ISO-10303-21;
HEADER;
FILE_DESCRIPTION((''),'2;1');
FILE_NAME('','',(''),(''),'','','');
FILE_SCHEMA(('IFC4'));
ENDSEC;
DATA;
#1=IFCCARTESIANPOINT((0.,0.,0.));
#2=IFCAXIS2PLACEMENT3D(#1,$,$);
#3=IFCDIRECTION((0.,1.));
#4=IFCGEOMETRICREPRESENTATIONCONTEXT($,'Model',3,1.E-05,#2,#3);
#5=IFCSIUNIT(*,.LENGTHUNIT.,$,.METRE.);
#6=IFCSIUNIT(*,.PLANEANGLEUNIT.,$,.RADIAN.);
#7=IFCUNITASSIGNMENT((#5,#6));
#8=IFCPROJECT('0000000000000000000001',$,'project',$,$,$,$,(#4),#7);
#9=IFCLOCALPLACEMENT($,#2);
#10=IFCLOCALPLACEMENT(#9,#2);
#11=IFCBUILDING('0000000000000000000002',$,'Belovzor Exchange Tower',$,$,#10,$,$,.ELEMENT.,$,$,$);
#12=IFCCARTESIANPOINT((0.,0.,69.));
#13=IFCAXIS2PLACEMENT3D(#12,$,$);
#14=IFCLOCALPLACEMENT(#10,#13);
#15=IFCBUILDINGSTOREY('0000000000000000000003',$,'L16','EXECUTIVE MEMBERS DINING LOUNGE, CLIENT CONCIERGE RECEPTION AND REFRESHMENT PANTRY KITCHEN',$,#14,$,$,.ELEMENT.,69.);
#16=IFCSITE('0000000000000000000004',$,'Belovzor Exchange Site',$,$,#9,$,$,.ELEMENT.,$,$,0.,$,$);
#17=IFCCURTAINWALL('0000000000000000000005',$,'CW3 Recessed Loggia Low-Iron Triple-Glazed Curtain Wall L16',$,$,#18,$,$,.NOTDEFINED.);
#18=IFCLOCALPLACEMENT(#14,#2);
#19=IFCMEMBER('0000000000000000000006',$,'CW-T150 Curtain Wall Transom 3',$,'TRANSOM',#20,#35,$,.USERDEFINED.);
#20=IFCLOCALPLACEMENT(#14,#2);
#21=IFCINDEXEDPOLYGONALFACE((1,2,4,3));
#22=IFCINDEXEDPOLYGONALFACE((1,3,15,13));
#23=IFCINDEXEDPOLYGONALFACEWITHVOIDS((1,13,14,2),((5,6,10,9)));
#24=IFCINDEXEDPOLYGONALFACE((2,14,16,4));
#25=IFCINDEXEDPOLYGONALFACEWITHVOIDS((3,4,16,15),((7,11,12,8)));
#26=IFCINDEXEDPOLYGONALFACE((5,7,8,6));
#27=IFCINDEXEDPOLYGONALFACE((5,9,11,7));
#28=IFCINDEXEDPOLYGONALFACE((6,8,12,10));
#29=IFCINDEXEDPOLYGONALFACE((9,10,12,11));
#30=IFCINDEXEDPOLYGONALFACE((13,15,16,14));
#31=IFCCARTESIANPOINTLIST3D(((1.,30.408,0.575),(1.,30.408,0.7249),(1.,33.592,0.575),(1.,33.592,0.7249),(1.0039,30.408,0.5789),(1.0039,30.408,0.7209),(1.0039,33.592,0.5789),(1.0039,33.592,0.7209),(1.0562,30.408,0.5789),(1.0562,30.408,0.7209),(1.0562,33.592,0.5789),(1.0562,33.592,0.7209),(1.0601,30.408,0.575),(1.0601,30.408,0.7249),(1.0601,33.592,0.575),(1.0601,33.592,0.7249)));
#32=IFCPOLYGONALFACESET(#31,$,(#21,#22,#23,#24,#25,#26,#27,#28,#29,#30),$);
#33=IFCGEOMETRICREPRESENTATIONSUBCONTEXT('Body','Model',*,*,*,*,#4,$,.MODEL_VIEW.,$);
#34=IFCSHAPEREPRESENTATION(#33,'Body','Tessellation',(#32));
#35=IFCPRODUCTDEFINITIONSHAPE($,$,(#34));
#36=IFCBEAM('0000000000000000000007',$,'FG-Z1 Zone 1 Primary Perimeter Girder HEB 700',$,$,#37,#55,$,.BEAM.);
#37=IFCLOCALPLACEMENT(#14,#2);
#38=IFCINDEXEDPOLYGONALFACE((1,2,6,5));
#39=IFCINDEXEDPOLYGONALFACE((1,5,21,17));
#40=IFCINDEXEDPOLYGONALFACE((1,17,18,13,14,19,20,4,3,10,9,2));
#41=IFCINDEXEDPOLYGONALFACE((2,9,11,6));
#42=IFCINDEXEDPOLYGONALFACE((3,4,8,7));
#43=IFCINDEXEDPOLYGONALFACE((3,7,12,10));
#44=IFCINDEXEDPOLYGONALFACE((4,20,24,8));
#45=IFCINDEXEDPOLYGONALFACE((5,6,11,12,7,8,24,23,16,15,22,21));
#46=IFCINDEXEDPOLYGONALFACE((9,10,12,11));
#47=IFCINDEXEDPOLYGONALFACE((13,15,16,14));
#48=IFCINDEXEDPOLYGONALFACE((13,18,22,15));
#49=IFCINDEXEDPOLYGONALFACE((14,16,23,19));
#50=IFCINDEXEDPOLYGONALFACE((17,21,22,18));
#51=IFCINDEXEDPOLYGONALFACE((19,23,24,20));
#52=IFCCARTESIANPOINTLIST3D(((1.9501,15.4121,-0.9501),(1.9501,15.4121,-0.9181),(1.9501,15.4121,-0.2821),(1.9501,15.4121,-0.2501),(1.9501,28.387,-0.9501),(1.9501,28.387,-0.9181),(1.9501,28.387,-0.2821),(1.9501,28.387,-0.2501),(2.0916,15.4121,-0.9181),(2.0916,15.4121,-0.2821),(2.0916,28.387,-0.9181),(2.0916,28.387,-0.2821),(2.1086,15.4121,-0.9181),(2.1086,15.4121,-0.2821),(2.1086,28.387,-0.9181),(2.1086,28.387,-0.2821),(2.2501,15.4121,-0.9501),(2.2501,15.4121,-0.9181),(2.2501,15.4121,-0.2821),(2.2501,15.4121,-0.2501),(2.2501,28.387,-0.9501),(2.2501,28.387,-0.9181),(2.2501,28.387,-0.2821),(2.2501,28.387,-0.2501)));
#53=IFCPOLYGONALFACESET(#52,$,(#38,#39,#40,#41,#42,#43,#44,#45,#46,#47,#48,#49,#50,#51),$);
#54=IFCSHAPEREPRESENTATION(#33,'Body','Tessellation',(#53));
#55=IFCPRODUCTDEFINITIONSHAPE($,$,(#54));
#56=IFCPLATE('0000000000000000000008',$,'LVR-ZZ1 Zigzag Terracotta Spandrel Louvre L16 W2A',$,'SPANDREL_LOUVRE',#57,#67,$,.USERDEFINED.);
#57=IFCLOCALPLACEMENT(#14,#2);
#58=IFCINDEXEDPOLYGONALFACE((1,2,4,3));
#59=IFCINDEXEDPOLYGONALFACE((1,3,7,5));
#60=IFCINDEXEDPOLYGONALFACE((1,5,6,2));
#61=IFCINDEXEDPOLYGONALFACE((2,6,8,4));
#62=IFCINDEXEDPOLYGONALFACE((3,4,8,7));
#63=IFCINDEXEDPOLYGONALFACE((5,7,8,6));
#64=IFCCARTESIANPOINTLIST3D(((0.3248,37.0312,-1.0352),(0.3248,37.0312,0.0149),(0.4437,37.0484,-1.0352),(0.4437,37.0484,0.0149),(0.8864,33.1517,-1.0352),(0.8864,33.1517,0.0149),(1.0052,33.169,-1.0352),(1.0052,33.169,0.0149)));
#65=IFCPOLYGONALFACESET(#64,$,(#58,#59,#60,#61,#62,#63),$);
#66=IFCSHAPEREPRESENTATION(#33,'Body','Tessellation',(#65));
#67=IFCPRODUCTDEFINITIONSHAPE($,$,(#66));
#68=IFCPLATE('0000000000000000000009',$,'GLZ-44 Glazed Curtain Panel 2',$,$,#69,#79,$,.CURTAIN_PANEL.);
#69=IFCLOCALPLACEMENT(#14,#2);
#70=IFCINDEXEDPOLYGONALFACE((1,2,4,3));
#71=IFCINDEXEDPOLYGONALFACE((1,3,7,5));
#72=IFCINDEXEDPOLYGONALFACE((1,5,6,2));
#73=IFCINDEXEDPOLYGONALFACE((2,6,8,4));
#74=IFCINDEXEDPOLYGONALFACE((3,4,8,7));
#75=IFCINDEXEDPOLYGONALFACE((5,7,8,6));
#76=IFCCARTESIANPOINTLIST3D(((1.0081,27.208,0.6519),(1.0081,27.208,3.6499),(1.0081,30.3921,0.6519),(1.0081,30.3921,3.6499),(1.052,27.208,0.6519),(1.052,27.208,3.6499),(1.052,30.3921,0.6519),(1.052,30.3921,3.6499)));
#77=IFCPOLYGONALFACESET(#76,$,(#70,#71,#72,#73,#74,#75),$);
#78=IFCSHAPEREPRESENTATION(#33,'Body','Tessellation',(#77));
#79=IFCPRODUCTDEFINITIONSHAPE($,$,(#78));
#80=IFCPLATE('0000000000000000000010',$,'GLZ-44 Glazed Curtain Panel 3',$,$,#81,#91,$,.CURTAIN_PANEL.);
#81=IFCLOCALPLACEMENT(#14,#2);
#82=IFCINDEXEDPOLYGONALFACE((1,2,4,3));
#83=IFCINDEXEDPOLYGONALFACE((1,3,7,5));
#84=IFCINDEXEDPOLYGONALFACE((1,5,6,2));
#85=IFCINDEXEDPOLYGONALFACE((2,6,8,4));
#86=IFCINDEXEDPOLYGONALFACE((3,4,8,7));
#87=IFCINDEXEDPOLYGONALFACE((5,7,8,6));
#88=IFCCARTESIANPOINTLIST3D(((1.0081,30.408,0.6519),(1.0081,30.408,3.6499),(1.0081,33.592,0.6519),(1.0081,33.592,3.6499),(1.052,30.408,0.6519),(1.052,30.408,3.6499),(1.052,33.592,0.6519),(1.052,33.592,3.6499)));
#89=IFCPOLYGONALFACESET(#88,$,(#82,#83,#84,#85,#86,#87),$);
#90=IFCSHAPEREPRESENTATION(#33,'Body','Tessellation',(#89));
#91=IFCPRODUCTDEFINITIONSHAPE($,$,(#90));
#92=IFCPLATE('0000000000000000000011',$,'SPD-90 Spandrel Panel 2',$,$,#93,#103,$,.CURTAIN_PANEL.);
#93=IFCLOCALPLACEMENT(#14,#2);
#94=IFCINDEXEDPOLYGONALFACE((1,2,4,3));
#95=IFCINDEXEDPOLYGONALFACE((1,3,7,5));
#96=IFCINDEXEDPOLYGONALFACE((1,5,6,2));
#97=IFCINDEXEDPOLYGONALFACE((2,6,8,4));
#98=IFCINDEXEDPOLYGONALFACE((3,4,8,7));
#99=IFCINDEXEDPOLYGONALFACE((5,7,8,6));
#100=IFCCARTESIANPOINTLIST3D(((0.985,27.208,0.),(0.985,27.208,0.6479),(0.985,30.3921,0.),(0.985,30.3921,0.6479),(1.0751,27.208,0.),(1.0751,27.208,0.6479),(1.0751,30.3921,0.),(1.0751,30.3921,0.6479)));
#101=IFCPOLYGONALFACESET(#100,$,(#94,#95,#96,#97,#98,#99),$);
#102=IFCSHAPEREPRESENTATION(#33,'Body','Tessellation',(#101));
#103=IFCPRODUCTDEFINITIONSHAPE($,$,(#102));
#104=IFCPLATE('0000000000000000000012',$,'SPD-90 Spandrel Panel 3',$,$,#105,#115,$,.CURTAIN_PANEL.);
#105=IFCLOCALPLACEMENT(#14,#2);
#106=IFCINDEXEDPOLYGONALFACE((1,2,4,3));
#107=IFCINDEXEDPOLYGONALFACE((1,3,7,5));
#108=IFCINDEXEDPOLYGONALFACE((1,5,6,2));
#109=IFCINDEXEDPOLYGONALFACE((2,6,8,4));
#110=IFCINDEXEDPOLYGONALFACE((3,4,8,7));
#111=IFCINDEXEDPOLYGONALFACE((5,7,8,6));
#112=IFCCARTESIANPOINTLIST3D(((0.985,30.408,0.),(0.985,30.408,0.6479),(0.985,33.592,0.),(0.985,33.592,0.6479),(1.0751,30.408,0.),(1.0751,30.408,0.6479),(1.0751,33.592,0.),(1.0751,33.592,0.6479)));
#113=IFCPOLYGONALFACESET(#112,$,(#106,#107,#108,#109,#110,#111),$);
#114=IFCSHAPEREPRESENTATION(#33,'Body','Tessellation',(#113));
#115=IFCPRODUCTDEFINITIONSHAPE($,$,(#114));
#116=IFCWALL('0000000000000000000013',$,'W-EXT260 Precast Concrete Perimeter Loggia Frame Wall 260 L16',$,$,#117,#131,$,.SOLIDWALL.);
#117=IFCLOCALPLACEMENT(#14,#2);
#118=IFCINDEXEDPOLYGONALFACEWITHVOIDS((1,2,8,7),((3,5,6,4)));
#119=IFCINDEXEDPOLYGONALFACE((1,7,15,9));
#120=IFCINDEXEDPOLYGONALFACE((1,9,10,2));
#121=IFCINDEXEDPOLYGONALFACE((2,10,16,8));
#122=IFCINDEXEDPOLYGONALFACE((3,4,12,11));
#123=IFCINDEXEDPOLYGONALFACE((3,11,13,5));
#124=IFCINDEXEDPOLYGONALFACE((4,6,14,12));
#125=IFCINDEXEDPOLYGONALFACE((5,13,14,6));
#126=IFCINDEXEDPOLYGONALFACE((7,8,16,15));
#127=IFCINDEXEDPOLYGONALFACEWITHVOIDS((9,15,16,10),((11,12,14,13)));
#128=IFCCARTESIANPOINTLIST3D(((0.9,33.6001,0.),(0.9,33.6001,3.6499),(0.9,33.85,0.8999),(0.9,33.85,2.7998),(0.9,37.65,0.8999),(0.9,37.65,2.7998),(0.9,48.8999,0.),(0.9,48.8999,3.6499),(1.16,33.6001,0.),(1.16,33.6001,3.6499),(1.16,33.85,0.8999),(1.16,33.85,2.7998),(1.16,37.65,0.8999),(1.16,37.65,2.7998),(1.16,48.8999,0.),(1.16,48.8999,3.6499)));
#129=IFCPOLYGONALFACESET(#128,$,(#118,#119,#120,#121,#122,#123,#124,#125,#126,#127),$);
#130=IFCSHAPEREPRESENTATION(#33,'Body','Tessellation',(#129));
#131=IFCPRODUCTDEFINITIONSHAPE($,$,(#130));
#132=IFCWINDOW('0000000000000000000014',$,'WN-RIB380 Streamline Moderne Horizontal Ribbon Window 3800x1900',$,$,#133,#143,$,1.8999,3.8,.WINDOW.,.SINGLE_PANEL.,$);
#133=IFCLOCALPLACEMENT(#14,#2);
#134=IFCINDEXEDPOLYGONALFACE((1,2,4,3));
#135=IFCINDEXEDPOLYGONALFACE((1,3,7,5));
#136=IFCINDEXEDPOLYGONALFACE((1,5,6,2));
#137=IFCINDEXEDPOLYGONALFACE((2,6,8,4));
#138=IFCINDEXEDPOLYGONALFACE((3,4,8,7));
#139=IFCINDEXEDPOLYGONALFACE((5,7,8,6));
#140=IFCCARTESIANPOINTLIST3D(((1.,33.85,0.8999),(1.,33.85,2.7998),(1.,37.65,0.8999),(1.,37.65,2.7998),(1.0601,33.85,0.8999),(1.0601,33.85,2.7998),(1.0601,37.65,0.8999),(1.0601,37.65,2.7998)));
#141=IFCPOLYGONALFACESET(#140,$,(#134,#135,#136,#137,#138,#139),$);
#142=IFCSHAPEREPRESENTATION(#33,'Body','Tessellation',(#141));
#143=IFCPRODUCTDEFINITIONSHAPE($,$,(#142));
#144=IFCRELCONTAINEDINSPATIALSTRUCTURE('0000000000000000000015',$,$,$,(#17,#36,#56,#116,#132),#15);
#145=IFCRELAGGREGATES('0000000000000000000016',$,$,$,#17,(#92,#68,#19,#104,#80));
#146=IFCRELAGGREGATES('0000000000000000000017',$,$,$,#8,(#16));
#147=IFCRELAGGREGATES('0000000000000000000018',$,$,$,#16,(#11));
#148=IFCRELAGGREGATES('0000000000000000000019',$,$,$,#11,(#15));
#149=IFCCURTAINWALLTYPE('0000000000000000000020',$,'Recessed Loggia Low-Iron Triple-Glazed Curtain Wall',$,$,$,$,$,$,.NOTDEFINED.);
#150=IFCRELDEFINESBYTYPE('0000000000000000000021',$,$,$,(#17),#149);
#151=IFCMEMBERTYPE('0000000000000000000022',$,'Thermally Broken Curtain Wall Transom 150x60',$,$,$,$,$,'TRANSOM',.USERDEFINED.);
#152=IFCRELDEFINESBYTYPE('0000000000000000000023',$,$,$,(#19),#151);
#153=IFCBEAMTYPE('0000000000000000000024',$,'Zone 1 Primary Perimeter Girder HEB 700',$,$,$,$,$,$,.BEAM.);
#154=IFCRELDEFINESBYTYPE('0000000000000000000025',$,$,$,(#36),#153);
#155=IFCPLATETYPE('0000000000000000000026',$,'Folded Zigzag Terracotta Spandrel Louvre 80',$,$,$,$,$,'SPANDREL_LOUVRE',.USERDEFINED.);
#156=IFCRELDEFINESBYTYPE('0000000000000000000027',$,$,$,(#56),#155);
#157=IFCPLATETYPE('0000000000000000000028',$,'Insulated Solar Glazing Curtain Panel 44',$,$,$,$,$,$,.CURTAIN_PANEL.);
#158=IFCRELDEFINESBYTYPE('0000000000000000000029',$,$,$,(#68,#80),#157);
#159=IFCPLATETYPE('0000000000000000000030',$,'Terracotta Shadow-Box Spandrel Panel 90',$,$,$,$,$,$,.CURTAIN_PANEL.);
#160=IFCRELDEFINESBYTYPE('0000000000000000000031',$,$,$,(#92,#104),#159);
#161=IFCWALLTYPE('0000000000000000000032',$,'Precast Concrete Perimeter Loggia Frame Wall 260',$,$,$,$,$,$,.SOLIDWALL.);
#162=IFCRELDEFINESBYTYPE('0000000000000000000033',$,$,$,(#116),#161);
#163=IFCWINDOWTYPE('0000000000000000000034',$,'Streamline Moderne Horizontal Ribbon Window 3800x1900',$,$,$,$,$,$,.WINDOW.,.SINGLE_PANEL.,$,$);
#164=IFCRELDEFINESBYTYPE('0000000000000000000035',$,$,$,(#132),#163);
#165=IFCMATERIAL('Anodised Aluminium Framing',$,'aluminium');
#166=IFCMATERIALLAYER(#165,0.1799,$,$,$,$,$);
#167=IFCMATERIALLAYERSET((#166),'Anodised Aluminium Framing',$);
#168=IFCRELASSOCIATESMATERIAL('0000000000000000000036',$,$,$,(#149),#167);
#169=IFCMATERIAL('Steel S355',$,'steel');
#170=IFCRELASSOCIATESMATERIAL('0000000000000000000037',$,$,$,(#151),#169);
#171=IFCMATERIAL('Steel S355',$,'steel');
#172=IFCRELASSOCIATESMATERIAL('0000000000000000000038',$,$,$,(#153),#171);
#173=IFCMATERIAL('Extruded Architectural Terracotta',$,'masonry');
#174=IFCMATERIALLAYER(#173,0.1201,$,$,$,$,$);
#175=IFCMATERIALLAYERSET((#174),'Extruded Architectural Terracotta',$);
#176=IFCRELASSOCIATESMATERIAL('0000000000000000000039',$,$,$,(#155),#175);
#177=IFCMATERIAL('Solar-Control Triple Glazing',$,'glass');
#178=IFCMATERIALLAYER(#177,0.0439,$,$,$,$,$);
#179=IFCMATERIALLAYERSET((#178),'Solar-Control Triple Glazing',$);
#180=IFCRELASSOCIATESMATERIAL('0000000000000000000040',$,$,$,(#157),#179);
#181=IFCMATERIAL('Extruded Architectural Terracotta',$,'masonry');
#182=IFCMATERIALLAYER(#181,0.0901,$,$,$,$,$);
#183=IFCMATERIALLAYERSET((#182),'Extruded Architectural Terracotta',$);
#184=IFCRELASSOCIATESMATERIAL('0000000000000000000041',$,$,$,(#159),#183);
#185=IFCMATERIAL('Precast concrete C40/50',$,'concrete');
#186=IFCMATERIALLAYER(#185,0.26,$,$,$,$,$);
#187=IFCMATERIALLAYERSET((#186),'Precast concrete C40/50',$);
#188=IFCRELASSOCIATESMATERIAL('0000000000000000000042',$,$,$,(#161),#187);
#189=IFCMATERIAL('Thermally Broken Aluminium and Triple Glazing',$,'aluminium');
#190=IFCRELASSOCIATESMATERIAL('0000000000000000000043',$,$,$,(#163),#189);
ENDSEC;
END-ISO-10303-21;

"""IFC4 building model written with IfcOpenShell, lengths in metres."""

from ifc_helpers import new_model, si_unit, direction, frame, frame_2d, origin, origin_2d, place, context, subcontext, project, spatial, rectangle, hollow_rectangle, i_section, extrude, material, layer, layer_set, material_profile, profile_set, type_object, element, fill, aggregate, save


model = new_model("IFC4")

# Units and contexts
model_context = context("Model", 3, precision=1e-05, world=origin(), true_north=direction((0.0, 1.0)))
body_context = subcontext(model_context, "Body", "Model", "MODEL_VIEW")
ifc_project = project(units=[si_unit("LENGTHUNIT", "METRE"), si_unit("PLANEANGLEUNIT", "RADIAN")], contexts=[model_context])

# Site, building, storey
site_placement = place(None, origin())
site = spatial("IfcSite", under=ifc_project, at=site_placement, Name="Belovzor Exchange Site", CompositionType="ELEMENT", RefElevation=0.0)
building_placement = place(site_placement, origin())
building = spatial("IfcBuilding", under=site, at=building_placement, Name="Belovzor Exchange Tower", CompositionType="ELEMENT")
storey_placement = place(building_placement, frame((0.0, 0.0, 69.0)))
storey = spatial("IfcBuildingStorey", under=building, at=storey_placement, Name="L16", Description="EXECUTIVE MEMBERS DINING LOUNGE, CLIENT CONCIERGE RECEPTION AND REFRESHMENT PANTRY KITCHEN", CompositionType="ELEMENT", Elevation=69.0)

# Curtain wall, member
ifc_material_1 = material(Name="Anodised Aluminium Framing", Category="aluminium")
ifc_layer_1 = layer(ifc_material_1, 0.1799)
ifc_layer_set_1 = layer_set([ifc_layer_1], Name="Anodised Aluminium Framing")
curtain_wall_type = type_object("IfcCurtainWallType", Name="Recessed Loggia Low-Iron Triple-Glazed Curtain Wall", PredefinedType="NOTDEFINED", material=ifc_layer_set_1)
curtain_wall_placement = place(storey_placement, origin())
curtain_wall = element("IfcCurtainWall", 1, at=curtain_wall_placement, inside=storey, type_object=curtain_wall_type, Name="CW3 Recessed Loggia Low-Iron Triple-Glazed Curtain Wall L16", PredefinedType="NOTDEFINED")
ifc_material_2 = material(Name="Steel S355", Category="steel")
ifc_material_profile_1 = material_profile(ifc_material_2, hollow_rectangle(XDim=0.0601, YDim=0.1499, WallThickness=0.0039, at=origin_2d()))
ifc_profile_set_1 = profile_set([ifc_material_profile_1], Name="Steel S355")
member_type_1 = type_object("IfcMemberType", Name="Thermally Broken Curtain Wall Transom 150x60", ElementType="TRANSOM", PredefinedType="USERDEFINED", material=ifc_profile_set_1)
member_1_placement = place(storey_placement, frame((1.03, 30.408, 0.6499), z_axis=(0.0, 1.0, 0.0), x_axis=(-1.0, 0.0, 0.0)))
member_1 = element("IfcMember", 2, at=member_1_placement, type_object=member_type_1, Name="CW-T150 Curtain Wall Transom 3", ObjectType="TRANSOM", PredefinedType="USERDEFINED", context=body_context, shape_type="SweptSolid", body=[
    extrude(hollow_rectangle(XDim=0.0601, YDim=0.1499, WallThickness=0.0039, at=origin_2d()), origin(), (0.0, 0.0, 1.0), 3.1841),
])

# Beam
ifc_material_3 = material(Name="Steel S355", Category="steel")
ifc_material_profile_2 = material_profile(ifc_material_3, i_section(OverallWidth=0.3, OverallDepth=0.7, WebThickness=0.0171, FlangeThickness=0.032, at=origin_2d()))
ifc_profile_set_2 = profile_set([ifc_material_profile_2], Name="Steel S355")
beam_type_1 = type_object("IfcBeamType", Name="Zone 1 Primary Perimeter Girder HEB 700", PredefinedType="BEAM", material=ifc_profile_set_2)
beam_1_placement = place(storey_placement, frame((2.1001, 28.387, -0.6001), z_axis=(0.0, -1.0, 0.0), x_axis=(1.0, 0.0, 0.0)))
element("IfcBeam", 3, at=beam_1_placement, inside=storey, type_object=beam_type_1, Name="FG-Z1 Zone 1 Primary Perimeter Girder HEB 700", PredefinedType="BEAM", context=body_context, shape_type="SweptSolid", body=[
    extrude(i_section(OverallWidth=0.3, OverallDepth=0.7, WebThickness=0.0171, FlangeThickness=0.032, at=origin_2d()), origin(), (0.0, 0.0, 1.0), 12.9749),
])

# Plates
ifc_material_4 = material(Name="Extruded Architectural Terracotta", Category="masonry")
ifc_layer_2 = layer(ifc_material_4, 0.1201)
ifc_layer_set_2 = layer_set([ifc_layer_2], Name="Extruded Architectural Terracotta")
plate_type_1 = type_object("IfcPlateType", Name="Folded Zigzag Terracotta Spandrel Louvre 80", ElementType="SPANDREL_LOUVRE", PredefinedType="USERDEFINED", material=ifc_layer_set_2)
plate_1_placement = place(storey_placement, frame((0.665, 35.1001, -1.0352), z_axis=(0.0, 0.0, 1.0), x_axis=(-0.143251, 0.989686, 0.0)))
element("IfcPlate", 4, at=plate_1_placement, inside=storey, type_object=plate_type_1, Name="LVR-ZZ1 Zigzag Terracotta Spandrel Louvre L16 W2A", ObjectType="SPANDREL_LOUVRE", PredefinedType="USERDEFINED", context=body_context, shape_type="SweptSolid", body=[
    extrude(rectangle(XDim=3.9199, YDim=0.1201, at=origin_2d()), origin(), (0.0, 0.0, 1.0), 1.05),
])
ifc_material_5 = material(Name="Solar-Control Triple Glazing", Category="glass")
ifc_layer_3 = layer(ifc_material_5, 0.0439)
ifc_layer_set_3 = layer_set([ifc_layer_3], Name="Solar-Control Triple Glazing")
plate_type_2 = type_object("IfcPlateType", Name="Insulated Solar Glazing Curtain Panel 44", PredefinedType="CURTAIN_PANEL", material=ifc_layer_set_3)
plate_2_placement = place(storey_placement, frame((1.03, 28.8, 0.6519), z_axis=(0.0, 0.0, 1.0), x_axis=(0.0, 1.0, 0.0)))
plate_2 = element("IfcPlate", 5, at=plate_2_placement, type_object=plate_type_2, Name="GLZ-44 Glazed Curtain Panel 2", PredefinedType="CURTAIN_PANEL", context=body_context, shape_type="SweptSolid", body=[
    extrude(rectangle(XDim=3.1841, YDim=0.0439, at=origin_2d()), origin(), (0.0, 0.0, 1.0), 2.998),
])
plate_3_placement = place(storey_placement, frame((1.03, 32.0, 0.6519), z_axis=(0.0, 0.0, 1.0), x_axis=(0.0, 1.0, 0.0)))
plate_3 = element("IfcPlate", 6, at=plate_3_placement, type_object=plate_type_2, Name="GLZ-44 Glazed Curtain Panel 3", PredefinedType="CURTAIN_PANEL", context=body_context, shape_type="SweptSolid", body=[
    extrude(rectangle(XDim=3.1841, YDim=0.0439, at=origin_2d()), origin(), (0.0, 0.0, 1.0), 2.998),
])
ifc_material_6 = material(Name="Extruded Architectural Terracotta", Category="masonry")
ifc_layer_4 = layer(ifc_material_6, 0.0901)
ifc_layer_set_4 = layer_set([ifc_layer_4], Name="Extruded Architectural Terracotta")
plate_type_3 = type_object("IfcPlateType", Name="Terracotta Shadow-Box Spandrel Panel 90", PredefinedType="CURTAIN_PANEL", material=ifc_layer_set_4)
plate_4_placement = place(storey_placement, frame((1.03, 28.8, 0.0), z_axis=(0.0, 0.0, 1.0), x_axis=(0.0, 1.0, 0.0)))
plate_4 = element("IfcPlate", 7, at=plate_4_placement, type_object=plate_type_3, Name="SPD-90 Spandrel Panel 2", PredefinedType="CURTAIN_PANEL", context=body_context, shape_type="SweptSolid", body=[
    extrude(rectangle(XDim=3.1841, YDim=0.0901, at=origin_2d()), origin(), (0.0, 0.0, 1.0), 0.6479),
])
plate_5_placement = place(storey_placement, frame((1.03, 32.0, 0.0), z_axis=(0.0, 0.0, 1.0), x_axis=(0.0, 1.0, 0.0)))
plate_5 = element("IfcPlate", 8, at=plate_5_placement, type_object=plate_type_3, Name="SPD-90 Spandrel Panel 3", PredefinedType="CURTAIN_PANEL", context=body_context, shape_type="SweptSolid", body=[
    extrude(rectangle(XDim=3.1841, YDim=0.0901, at=origin_2d()), origin(), (0.0, 0.0, 1.0), 0.6479),
])
aggregate(curtain_wall, [plate_4, plate_2, member_1, plate_5, plate_3])

# Wall, opening, window
ifc_material_7 = material(Name="Precast concrete C40/50", Category="concrete")
ifc_layer_5 = layer(ifc_material_7, 0.26)
ifc_layer_set_5 = layer_set([ifc_layer_5], Name="Precast concrete C40/50")
wall_type = type_object("IfcWallType", Name="Precast Concrete Perimeter Loggia Frame Wall 260", PredefinedType="SOLIDWALL", material=ifc_layer_set_5)
wall_placement = place(storey_placement, frame((1.03, 33.6001, 0.0), z_axis=(0.0, 0.0, 1.0), x_axis=(0.0, 1.0, 0.0)))
wall = element("IfcWall", 9, at=wall_placement, inside=storey, type_object=wall_type, Name="W-EXT260 Precast Concrete Perimeter Loggia Frame Wall 260 L16", PredefinedType="SOLIDWALL", context=body_context, shape_type="SweptSolid", body=[
    extrude(rectangle(XDim=15.2998, YDim=0.26, at=frame_2d((7.6499, 0.0))), origin(), (0.0, 0.0, 1.0), 3.6499),
])
opening_placement = place(wall_placement, frame((0.25, 0.0, 0.8999)))
opening = element("IfcOpeningElement", 10, at=opening_placement, cuts=wall, PredefinedType="OPENING", context=body_context, shape_type="SweptSolid", body=[
    extrude(rectangle(XDim=3.8, YDim=1.8999, at=frame_2d((1.8999, 0.95))), frame((0.0, 0.1399, 0.0), z_axis=(0.0, -1.0, 0.0), x_axis=(1.0, 0.0, 0.0)), (0.0, 0.0, 1.0), 0.28),
])
ifc_material_8 = material(Name="Thermally Broken Aluminium and Triple Glazing", Category="aluminium")
window_type = type_object("IfcWindowType", Name="Streamline Moderne Horizontal Ribbon Window 3800x1900", PartitioningType="SINGLE_PANEL", PredefinedType="WINDOW", material=ifc_material_8)
window_placement = place(opening_placement, origin())
window = element("IfcWindow", 11, at=window_placement, inside=storey, type_object=window_type, Name="WN-RIB380 Streamline Moderne Horizontal Ribbon Window 3800x1900", OverallHeight=1.8999, OverallWidth=3.8, PartitioningType="SINGLE_PANEL", PredefinedType="WINDOW", context=body_context, shape_type="SweptSolid", body=[
    extrude(rectangle(XDim=3.8, YDim=1.8999, at=frame_2d((1.8999, 0.95))), frame((0.0, 0.03, 0.0), z_axis=(0.0, -1.0, 0.0), x_axis=(1.0, 0.0, 0.0)), (0.0, 0.0, 1.0), 0.0601),
])
fill(opening, window)

save(model, "model.ifc")
